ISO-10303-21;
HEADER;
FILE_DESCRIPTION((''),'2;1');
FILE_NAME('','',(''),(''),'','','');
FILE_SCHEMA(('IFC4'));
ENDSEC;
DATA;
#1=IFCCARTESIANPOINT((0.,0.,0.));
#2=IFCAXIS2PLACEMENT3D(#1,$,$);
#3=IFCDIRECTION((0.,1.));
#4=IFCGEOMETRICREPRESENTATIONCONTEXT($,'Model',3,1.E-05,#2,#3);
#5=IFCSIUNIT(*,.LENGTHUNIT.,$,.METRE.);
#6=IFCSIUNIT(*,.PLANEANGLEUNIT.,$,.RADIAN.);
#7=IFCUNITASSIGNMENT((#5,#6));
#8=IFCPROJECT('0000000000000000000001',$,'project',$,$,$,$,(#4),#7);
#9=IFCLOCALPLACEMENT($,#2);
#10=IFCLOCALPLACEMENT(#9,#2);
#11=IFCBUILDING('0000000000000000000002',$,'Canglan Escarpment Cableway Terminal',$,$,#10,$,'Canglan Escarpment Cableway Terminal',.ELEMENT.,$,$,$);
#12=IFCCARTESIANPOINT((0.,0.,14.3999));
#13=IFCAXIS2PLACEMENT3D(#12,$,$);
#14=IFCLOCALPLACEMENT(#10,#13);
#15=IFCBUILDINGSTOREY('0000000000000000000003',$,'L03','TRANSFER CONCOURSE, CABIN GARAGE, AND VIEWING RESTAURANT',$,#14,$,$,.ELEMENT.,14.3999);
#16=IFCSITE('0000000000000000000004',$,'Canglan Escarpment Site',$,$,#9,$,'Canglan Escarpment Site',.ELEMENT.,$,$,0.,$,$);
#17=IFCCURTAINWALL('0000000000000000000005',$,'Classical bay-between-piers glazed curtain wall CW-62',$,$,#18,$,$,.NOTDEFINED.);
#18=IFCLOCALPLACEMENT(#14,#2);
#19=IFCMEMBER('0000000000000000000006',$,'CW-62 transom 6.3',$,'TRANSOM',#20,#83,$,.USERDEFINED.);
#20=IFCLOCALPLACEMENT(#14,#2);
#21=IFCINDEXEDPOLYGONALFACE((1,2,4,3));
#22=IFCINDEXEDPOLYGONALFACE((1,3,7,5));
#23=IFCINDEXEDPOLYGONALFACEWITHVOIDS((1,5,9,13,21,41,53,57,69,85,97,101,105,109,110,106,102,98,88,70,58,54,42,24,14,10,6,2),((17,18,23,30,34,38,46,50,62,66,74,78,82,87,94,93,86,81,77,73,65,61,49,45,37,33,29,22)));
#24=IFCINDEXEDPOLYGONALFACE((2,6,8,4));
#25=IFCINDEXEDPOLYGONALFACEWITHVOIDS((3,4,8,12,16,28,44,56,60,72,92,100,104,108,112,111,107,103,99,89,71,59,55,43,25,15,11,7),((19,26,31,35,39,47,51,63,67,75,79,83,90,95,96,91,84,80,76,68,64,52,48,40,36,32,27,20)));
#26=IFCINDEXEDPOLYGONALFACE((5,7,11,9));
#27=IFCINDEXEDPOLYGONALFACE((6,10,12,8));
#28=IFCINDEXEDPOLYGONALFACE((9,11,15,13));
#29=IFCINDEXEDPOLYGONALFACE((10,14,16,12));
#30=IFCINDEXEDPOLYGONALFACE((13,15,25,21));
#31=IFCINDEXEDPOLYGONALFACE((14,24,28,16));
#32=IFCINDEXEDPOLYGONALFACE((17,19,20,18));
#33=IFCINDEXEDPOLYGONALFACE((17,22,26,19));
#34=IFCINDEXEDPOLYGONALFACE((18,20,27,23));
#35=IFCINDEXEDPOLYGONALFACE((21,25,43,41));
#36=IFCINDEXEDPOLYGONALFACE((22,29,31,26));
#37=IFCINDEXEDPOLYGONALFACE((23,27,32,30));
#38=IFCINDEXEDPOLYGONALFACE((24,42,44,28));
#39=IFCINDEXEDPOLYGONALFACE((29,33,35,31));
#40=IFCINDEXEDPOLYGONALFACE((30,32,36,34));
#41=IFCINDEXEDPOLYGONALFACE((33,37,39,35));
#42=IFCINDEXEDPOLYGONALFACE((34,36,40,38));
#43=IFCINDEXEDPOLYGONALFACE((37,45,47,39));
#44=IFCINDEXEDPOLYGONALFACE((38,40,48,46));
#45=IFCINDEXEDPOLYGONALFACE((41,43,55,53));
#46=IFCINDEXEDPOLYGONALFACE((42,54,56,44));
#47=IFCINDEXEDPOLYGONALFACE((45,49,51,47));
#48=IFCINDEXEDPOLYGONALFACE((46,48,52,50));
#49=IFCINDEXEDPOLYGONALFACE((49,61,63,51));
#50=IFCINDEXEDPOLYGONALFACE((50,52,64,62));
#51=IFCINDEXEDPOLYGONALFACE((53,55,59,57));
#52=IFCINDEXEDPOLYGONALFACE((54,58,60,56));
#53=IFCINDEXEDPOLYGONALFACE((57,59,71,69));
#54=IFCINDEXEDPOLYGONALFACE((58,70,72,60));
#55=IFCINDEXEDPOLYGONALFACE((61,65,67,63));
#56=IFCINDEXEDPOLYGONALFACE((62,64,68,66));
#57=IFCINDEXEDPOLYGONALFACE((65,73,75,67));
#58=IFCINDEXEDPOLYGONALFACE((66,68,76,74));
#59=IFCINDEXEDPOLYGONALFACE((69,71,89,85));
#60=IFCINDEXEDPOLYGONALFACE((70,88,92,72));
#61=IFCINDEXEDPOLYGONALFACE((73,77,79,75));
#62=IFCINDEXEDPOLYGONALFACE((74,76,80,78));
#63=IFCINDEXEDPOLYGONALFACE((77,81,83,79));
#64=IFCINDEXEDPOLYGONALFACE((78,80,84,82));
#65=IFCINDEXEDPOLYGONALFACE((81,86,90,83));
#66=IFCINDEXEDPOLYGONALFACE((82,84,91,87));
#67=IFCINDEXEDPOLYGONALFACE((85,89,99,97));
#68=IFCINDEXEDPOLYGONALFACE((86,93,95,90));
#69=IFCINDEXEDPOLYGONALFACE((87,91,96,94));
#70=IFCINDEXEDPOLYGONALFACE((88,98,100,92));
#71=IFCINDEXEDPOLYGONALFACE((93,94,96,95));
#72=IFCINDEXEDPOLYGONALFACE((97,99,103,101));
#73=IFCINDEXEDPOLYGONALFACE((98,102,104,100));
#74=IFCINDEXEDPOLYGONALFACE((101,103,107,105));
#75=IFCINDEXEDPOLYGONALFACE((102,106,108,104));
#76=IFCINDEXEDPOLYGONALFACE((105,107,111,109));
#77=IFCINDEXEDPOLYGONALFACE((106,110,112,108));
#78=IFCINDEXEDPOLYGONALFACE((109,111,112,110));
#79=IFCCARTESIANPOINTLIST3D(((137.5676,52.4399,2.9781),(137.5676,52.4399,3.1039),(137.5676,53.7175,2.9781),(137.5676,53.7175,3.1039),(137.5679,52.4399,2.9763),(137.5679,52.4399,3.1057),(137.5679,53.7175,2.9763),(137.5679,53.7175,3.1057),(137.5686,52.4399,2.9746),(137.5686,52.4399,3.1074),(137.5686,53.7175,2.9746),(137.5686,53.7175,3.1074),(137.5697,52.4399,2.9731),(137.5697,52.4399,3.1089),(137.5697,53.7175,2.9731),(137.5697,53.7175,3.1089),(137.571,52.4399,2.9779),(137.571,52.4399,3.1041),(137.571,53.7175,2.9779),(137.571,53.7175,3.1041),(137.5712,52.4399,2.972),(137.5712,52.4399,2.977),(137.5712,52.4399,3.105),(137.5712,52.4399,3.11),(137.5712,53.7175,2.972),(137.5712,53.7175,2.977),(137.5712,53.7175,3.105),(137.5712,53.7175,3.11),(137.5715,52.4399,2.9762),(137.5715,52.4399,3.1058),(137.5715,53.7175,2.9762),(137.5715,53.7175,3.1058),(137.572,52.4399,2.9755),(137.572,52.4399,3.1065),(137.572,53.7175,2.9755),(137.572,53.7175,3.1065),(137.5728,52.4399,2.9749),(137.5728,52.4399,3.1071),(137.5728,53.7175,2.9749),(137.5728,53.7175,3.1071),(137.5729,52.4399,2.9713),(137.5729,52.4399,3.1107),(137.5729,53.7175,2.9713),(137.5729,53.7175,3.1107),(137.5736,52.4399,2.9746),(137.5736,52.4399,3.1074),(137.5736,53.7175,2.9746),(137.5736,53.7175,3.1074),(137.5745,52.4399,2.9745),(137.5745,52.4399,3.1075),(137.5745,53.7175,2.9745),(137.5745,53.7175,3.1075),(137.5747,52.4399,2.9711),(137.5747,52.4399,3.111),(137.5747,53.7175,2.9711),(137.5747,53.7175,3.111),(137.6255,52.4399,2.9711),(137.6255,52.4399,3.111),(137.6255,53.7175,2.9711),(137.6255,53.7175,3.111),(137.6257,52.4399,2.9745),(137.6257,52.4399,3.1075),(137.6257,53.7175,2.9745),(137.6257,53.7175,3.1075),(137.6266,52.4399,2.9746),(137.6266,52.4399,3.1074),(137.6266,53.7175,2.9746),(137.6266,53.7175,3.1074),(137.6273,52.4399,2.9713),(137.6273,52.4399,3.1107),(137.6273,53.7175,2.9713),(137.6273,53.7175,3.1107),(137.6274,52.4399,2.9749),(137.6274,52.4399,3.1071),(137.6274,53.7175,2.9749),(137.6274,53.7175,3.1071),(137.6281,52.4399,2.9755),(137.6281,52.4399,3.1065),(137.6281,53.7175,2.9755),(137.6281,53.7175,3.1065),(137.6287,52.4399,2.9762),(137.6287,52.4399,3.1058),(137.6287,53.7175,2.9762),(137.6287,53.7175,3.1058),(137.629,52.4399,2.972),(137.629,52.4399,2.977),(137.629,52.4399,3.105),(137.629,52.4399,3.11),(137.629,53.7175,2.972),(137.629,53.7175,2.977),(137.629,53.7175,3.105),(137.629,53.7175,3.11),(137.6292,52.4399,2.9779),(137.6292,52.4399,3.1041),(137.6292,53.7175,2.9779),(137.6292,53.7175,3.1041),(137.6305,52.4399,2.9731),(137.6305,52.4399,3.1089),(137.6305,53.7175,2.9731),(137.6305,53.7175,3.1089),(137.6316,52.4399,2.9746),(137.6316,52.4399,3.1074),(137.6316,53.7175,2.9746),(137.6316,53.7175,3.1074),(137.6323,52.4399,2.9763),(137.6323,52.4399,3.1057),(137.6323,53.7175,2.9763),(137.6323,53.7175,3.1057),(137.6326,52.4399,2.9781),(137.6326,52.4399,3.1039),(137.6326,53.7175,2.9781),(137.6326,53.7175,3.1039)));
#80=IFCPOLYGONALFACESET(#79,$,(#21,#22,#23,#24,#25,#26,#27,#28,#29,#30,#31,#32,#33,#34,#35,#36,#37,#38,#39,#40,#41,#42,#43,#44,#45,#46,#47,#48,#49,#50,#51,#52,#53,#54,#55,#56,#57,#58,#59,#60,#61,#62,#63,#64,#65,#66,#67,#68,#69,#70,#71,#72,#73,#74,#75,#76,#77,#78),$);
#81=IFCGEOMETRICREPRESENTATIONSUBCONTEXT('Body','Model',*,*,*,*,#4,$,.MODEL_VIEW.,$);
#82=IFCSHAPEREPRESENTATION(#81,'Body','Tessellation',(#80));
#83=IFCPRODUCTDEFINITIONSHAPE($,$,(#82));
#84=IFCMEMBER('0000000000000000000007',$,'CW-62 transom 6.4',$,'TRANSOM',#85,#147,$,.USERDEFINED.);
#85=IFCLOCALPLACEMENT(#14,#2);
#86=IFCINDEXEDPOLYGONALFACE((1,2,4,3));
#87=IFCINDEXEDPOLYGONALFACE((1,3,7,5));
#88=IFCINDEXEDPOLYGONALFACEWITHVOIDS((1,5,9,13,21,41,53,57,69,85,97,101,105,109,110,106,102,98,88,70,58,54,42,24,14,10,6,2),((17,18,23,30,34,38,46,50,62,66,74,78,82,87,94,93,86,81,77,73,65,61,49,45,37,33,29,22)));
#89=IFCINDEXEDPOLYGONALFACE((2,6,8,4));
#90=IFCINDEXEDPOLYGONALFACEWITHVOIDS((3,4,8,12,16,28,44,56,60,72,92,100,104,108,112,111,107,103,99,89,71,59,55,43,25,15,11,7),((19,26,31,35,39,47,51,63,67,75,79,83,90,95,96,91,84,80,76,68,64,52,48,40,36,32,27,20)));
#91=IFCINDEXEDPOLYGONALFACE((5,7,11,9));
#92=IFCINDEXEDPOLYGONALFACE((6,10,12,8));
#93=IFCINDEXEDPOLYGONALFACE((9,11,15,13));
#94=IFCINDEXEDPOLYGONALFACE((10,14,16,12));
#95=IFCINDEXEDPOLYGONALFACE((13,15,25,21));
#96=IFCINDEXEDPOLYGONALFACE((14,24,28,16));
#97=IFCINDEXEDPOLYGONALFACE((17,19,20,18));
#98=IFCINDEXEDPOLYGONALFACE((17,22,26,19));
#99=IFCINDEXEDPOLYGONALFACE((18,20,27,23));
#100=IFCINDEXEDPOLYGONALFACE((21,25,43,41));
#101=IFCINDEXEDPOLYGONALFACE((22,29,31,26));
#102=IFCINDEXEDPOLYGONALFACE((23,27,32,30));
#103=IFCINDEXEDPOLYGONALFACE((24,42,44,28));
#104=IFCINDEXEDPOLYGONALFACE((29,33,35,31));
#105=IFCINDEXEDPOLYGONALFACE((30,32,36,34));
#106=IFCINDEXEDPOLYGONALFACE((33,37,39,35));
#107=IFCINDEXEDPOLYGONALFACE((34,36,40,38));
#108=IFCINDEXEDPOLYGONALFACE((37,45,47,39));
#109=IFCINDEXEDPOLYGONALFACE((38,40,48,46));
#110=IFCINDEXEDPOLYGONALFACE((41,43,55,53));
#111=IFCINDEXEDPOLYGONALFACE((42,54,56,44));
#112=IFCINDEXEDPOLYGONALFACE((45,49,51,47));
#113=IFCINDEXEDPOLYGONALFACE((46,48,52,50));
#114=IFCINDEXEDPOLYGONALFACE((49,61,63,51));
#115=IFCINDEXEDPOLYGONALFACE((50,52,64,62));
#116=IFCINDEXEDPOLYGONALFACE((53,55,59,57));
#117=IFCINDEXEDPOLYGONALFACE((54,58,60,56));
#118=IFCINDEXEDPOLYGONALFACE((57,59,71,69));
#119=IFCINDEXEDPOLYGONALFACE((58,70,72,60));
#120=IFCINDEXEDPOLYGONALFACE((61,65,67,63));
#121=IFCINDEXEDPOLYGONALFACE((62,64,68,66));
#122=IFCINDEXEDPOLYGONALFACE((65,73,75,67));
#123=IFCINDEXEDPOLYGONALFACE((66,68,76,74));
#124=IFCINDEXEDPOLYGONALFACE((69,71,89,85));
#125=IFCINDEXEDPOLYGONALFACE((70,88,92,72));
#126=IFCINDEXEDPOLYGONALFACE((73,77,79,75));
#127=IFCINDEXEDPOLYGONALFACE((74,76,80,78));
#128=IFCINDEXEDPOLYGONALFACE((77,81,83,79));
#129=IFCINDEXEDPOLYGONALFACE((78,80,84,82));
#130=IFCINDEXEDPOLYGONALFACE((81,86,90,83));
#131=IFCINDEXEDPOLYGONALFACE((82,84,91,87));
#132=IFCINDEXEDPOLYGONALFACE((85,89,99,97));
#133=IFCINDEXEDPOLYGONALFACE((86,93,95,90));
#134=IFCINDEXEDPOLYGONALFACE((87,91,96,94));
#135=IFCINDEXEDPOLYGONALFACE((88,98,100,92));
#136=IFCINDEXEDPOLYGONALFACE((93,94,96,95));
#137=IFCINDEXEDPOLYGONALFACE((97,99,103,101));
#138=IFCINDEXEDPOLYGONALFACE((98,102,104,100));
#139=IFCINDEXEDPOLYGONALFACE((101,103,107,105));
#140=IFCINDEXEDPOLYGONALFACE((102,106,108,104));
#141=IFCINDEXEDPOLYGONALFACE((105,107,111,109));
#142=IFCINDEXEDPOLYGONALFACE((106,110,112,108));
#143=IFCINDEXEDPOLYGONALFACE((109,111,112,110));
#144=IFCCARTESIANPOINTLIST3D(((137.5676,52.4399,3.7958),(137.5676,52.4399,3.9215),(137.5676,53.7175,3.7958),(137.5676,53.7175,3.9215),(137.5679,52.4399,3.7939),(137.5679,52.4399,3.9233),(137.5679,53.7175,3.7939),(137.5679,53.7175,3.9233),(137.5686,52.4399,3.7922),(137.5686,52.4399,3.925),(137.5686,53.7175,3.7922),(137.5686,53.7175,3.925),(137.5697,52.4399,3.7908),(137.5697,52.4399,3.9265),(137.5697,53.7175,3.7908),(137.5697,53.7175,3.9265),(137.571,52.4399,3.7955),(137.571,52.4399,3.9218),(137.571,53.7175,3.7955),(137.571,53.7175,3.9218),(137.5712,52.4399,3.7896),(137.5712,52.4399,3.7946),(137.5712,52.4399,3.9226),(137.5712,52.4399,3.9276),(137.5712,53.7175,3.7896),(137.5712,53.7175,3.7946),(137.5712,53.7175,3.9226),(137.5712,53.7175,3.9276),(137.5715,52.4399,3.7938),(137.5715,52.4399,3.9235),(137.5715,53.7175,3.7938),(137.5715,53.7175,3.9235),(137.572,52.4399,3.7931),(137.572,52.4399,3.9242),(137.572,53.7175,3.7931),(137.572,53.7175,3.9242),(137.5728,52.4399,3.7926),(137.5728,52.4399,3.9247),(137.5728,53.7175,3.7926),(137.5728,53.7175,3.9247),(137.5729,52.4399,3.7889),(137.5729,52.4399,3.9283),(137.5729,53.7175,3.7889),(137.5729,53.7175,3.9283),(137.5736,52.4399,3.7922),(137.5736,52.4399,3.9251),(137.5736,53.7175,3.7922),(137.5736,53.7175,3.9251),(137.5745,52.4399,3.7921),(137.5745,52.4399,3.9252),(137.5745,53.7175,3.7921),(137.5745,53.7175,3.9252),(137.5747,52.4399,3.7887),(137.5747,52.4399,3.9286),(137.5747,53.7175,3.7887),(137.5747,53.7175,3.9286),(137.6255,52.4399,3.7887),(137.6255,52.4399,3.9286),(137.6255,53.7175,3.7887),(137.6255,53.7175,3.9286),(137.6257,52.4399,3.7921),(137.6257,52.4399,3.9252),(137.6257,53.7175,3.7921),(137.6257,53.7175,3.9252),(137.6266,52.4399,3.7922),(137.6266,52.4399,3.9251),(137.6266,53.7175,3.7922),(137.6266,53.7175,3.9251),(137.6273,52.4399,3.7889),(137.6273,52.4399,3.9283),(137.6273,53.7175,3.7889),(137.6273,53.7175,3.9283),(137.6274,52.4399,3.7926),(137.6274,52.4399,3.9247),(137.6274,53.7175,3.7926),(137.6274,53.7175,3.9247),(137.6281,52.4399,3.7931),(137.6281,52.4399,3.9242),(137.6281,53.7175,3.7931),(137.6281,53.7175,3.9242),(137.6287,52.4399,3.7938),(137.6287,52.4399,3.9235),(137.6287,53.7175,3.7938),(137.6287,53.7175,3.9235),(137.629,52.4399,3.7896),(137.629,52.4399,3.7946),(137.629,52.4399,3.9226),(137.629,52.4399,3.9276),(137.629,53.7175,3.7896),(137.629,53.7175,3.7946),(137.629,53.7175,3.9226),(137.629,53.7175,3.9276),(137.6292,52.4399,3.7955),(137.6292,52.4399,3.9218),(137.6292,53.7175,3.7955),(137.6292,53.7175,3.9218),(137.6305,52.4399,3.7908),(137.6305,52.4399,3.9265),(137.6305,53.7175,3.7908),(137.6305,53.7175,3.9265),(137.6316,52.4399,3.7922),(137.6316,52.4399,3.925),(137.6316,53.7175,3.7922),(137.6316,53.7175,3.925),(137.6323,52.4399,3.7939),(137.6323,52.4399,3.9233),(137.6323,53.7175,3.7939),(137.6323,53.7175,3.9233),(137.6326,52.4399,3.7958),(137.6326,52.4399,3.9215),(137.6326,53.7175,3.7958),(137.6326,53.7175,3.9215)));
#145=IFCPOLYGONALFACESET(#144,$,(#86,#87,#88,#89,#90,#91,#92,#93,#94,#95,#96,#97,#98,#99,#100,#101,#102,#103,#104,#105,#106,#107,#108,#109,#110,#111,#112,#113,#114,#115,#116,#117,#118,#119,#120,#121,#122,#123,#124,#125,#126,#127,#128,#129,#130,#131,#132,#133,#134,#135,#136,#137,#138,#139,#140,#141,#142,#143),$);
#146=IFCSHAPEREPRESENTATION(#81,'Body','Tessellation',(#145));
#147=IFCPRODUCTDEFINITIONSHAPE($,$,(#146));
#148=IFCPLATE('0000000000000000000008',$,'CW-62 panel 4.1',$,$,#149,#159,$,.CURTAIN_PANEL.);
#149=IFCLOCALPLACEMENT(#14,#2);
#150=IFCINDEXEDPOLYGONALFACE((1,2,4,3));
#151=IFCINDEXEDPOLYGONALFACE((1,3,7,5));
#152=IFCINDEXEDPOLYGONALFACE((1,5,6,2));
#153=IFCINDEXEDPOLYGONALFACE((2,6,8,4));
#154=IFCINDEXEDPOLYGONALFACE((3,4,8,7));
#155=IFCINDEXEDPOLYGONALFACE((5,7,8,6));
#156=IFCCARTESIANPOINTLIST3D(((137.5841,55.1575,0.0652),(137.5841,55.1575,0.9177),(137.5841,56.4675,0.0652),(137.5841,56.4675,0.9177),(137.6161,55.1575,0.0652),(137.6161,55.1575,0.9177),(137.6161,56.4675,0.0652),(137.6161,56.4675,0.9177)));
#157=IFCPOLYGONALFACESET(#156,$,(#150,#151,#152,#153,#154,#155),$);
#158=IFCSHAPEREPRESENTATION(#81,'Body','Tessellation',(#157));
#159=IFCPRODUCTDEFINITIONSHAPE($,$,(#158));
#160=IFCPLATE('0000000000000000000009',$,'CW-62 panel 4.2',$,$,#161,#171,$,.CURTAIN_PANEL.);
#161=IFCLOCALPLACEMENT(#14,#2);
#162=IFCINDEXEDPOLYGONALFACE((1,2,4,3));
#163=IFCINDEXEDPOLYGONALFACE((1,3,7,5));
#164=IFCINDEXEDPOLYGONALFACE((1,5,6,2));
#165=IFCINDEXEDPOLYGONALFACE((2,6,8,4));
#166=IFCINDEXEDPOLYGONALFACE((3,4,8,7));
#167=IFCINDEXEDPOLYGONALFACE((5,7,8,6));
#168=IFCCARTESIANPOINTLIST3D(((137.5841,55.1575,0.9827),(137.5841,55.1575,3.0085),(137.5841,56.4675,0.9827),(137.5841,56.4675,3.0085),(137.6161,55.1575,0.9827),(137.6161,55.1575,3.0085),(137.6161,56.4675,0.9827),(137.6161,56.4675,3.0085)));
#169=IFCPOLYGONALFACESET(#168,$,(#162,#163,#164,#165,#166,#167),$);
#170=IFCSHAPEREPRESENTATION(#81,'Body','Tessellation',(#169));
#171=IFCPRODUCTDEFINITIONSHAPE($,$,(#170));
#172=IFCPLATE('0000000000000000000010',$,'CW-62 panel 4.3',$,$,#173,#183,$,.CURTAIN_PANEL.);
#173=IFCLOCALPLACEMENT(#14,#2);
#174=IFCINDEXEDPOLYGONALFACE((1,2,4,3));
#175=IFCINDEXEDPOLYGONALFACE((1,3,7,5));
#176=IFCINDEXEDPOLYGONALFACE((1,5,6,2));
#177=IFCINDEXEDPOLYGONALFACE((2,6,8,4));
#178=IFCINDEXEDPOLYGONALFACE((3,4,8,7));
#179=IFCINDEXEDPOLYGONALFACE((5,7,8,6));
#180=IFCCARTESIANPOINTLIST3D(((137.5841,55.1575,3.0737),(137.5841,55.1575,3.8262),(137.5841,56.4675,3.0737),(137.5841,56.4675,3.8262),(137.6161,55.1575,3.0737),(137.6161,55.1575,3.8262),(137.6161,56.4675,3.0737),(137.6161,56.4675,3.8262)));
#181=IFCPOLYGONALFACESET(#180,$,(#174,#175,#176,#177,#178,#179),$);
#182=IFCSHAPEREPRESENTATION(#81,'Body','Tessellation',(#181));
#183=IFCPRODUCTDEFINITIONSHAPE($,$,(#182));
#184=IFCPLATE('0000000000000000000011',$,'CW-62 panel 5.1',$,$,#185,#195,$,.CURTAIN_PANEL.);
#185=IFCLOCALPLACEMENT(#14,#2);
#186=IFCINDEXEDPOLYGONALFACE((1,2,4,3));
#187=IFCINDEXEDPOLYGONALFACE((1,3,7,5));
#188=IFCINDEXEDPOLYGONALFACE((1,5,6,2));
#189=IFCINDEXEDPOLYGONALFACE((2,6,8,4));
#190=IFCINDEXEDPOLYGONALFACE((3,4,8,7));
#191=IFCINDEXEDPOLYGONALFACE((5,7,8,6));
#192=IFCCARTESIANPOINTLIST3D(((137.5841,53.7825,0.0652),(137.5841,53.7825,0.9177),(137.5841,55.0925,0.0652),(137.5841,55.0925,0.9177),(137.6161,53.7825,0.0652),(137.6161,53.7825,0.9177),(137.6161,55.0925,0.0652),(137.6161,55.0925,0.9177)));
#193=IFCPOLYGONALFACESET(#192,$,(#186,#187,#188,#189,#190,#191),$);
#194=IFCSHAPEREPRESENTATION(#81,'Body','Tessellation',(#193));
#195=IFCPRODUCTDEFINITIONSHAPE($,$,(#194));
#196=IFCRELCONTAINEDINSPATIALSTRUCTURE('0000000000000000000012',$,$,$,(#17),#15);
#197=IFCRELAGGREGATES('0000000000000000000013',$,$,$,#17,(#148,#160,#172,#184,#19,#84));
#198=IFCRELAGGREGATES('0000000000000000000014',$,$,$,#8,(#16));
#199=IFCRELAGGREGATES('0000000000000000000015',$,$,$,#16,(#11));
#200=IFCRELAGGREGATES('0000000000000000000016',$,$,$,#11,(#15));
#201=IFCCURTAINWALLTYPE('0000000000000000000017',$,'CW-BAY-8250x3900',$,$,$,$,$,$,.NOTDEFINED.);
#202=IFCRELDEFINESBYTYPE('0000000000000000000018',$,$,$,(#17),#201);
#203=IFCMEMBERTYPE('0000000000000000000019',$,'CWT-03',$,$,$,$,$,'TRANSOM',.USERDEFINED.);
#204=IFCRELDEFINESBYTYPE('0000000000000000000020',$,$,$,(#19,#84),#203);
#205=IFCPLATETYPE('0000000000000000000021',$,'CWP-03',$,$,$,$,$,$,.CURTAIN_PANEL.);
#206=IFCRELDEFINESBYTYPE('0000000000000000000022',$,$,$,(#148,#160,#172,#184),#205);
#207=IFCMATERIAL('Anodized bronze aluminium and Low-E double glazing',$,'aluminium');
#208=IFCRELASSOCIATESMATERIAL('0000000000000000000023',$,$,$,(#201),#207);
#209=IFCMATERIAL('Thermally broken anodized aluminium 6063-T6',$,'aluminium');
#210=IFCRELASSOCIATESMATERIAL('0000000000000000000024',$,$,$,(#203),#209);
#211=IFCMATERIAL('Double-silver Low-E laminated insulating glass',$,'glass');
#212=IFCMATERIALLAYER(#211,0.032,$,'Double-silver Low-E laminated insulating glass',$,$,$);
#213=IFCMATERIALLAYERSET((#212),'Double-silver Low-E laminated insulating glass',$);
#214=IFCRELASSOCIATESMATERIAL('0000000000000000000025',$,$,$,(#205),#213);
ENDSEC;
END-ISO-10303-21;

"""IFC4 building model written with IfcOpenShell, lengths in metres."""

from ifc_helpers import new_model, si_unit, direction, frame, origin, origin_2d, place, context, subcontext, project, spatial, rectangle, hollow_rectangle, extrude, material, layer, layer_set, material_profile, profile_set, type_object, element, aggregate, save


model = new_model("IFC4")

# Units and contexts
model_context = context("Model", 3, precision=1e-05, world=origin(), true_north=direction((0.0, 1.0)))
body_context = subcontext(model_context, "Body", "Model", "MODEL_VIEW")
ifc_project = project(units=[si_unit("LENGTHUNIT", "METRE"), si_unit("PLANEANGLEUNIT", "RADIAN")], contexts=[model_context])

# Site, building, storey
site_placement = place(None, origin())
site = spatial("IfcSite", under=ifc_project, at=site_placement, Name="Canglan Escarpment Site", LongName="Canglan Escarpment Site", CompositionType="ELEMENT", RefElevation=0.0)
building_placement = place(site_placement, origin())
building = spatial("IfcBuilding", under=site, at=building_placement, Name="Canglan Escarpment Cableway Terminal", LongName="Canglan Escarpment Cableway Terminal", CompositionType="ELEMENT")
storey_placement = place(building_placement, frame((0.0, 0.0, 14.3999)))
storey = spatial("IfcBuildingStorey", under=building, at=storey_placement, Name="L03", Description="TRANSFER CONCOURSE, CABIN GARAGE, AND VIEWING RESTAURANT", CompositionType="ELEMENT", Elevation=14.3999)

# Curtain wall, members, plates
ifc_material_1 = material(Name="Anodized bronze aluminium and Low-E double glazing", Category="aluminium")
curtain_wall_type = type_object("IfcCurtainWallType", Name="CW-BAY-8250x3900", PredefinedType="NOTDEFINED", material=ifc_material_1)
curtain_wall_placement = place(storey_placement, origin())
curtain_wall = element("IfcCurtainWall", 1, at=curtain_wall_placement, inside=storey, type_object=curtain_wall_type, Name="Classical bay-between-piers glazed curtain wall CW-62", PredefinedType="NOTDEFINED")
ifc_material_2 = material(Name="Thermally broken anodized aluminium 6063-T6", Category="aluminium")
ifc_material_profile_1 = material_profile(ifc_material_2, hollow_rectangle(XDim=0.0649, YDim=0.1399, WallThickness=0.0034, InnerFilletRadius=0.0034, OuterFilletRadius=0.0071, at=origin_2d()), Name="ALU-TRAN 65x140x3.5")
ifc_profile_set_1 = profile_set([ifc_material_profile_1], Name="Thermally broken anodized aluminium 6063-T6")
member_type_1 = type_object("IfcMemberType", Name="CWT-03", ElementType="TRANSOM", PredefinedType="USERDEFINED", material=ifc_profile_set_1)
member_1_placement = place(storey_placement, frame((137.6001, 53.7175, 3.041), z_axis=(0.0, -1.0, 0.0), x_axis=(1.0, 0.0, 0.0)))
member_1 = element("IfcMember", 2, at=member_1_placement, type_object=member_type_1, Name="CW-62 transom 6.3", ObjectType="TRANSOM", PredefinedType="USERDEFINED", context=body_context, shape_type="SweptSolid", body=[
    extrude(hollow_rectangle(XDim=0.0649, YDim=0.1399, WallThickness=0.0034, InnerFilletRadius=0.0034, OuterFilletRadius=0.0071, at=origin_2d()), origin(), (0.0, 0.0, 1.0), 1.2776),
])
member_2_placement = place(storey_placement, frame((137.6001, 53.7175, 3.8586), z_axis=(0.0, -1.0, 0.0), x_axis=(1.0, 0.0, 0.0)))
member_2 = element("IfcMember", 3, at=member_2_placement, type_object=member_type_1, Name="CW-62 transom 6.4", ObjectType="TRANSOM", PredefinedType="USERDEFINED", context=body_context, shape_type="SweptSolid", body=[
    extrude(hollow_rectangle(XDim=0.0649, YDim=0.1399, WallThickness=0.0034, InnerFilletRadius=0.0034, OuterFilletRadius=0.0071, at=origin_2d()), origin(), (0.0, 0.0, 1.0), 1.2776),
])
ifc_material_3 = material(Name="Double-silver Low-E laminated insulating glass", Category="glass")
ifc_layer_1 = layer(ifc_material_3, 0.032, Name="Double-silver Low-E laminated insulating glass")
ifc_layer_set_1 = layer_set([ifc_layer_1], Name="Double-silver Low-E laminated insulating glass")
plate_type = type_object("IfcPlateType", Name="CWP-03", PredefinedType="CURTAIN_PANEL", material=ifc_layer_set_1)
plate_1_placement = place(storey_placement, frame((137.6001, 55.8125, 0.0652), z_axis=(0.0, 0.0, 1.0), x_axis=(0.0, -1.0, 0.0)))
plate_1 = element("IfcPlate", 4, at=plate_1_placement, type_object=plate_type, Name="CW-62 panel 4.1", PredefinedType="CURTAIN_PANEL", context=body_context, shape_type="SweptSolid", body=[
    extrude(rectangle(XDim=1.3101, YDim=0.032, at=origin_2d()), origin(), (0.0, 0.0, 1.0), 0.8525),
])
plate_2_placement = place(storey_placement, frame((137.6001, 55.8125, 0.9827), z_axis=(0.0, 0.0, 1.0), x_axis=(0.0, -1.0, 0.0)))
plate_2 = element("IfcPlate", 5, at=plate_2_placement, type_object=plate_type, Name="CW-62 panel 4.2", PredefinedType="CURTAIN_PANEL", context=body_context, shape_type="SweptSolid", body=[
    extrude(rectangle(XDim=1.3101, YDim=0.032, at=origin_2d()), origin(), (0.0, 0.0, 1.0), 2.0259),
])
plate_3_placement = place(storey_placement, frame((137.6001, 55.8125, 3.0737), z_axis=(0.0, 0.0, 1.0), x_axis=(0.0, -1.0, 0.0)))
plate_3 = element("IfcPlate", 6, at=plate_3_placement, type_object=plate_type, Name="CW-62 panel 4.3", PredefinedType="CURTAIN_PANEL", context=body_context, shape_type="SweptSolid", body=[
    extrude(rectangle(XDim=1.3101, YDim=0.032, at=origin_2d()), origin(), (0.0, 0.0, 1.0), 0.7524),
])
plate_4_placement = place(storey_placement, frame((137.6001, 54.4375, 0.0652), z_axis=(0.0, 0.0, 1.0), x_axis=(0.0, -1.0, 0.0)))
plate_4 = element("IfcPlate", 7, at=plate_4_placement, type_object=plate_type, Name="CW-62 panel 5.1", PredefinedType="CURTAIN_PANEL", context=body_context, shape_type="SweptSolid", body=[
    extrude(rectangle(XDim=1.3101, YDim=0.032, at=origin_2d()), origin(), (0.0, 0.0, 1.0), 0.8525),
])
aggregate(curtain_wall, [plate_1, plate_2, plate_3, plate_4, member_1, member_2])

save(model, "model.ifc")
